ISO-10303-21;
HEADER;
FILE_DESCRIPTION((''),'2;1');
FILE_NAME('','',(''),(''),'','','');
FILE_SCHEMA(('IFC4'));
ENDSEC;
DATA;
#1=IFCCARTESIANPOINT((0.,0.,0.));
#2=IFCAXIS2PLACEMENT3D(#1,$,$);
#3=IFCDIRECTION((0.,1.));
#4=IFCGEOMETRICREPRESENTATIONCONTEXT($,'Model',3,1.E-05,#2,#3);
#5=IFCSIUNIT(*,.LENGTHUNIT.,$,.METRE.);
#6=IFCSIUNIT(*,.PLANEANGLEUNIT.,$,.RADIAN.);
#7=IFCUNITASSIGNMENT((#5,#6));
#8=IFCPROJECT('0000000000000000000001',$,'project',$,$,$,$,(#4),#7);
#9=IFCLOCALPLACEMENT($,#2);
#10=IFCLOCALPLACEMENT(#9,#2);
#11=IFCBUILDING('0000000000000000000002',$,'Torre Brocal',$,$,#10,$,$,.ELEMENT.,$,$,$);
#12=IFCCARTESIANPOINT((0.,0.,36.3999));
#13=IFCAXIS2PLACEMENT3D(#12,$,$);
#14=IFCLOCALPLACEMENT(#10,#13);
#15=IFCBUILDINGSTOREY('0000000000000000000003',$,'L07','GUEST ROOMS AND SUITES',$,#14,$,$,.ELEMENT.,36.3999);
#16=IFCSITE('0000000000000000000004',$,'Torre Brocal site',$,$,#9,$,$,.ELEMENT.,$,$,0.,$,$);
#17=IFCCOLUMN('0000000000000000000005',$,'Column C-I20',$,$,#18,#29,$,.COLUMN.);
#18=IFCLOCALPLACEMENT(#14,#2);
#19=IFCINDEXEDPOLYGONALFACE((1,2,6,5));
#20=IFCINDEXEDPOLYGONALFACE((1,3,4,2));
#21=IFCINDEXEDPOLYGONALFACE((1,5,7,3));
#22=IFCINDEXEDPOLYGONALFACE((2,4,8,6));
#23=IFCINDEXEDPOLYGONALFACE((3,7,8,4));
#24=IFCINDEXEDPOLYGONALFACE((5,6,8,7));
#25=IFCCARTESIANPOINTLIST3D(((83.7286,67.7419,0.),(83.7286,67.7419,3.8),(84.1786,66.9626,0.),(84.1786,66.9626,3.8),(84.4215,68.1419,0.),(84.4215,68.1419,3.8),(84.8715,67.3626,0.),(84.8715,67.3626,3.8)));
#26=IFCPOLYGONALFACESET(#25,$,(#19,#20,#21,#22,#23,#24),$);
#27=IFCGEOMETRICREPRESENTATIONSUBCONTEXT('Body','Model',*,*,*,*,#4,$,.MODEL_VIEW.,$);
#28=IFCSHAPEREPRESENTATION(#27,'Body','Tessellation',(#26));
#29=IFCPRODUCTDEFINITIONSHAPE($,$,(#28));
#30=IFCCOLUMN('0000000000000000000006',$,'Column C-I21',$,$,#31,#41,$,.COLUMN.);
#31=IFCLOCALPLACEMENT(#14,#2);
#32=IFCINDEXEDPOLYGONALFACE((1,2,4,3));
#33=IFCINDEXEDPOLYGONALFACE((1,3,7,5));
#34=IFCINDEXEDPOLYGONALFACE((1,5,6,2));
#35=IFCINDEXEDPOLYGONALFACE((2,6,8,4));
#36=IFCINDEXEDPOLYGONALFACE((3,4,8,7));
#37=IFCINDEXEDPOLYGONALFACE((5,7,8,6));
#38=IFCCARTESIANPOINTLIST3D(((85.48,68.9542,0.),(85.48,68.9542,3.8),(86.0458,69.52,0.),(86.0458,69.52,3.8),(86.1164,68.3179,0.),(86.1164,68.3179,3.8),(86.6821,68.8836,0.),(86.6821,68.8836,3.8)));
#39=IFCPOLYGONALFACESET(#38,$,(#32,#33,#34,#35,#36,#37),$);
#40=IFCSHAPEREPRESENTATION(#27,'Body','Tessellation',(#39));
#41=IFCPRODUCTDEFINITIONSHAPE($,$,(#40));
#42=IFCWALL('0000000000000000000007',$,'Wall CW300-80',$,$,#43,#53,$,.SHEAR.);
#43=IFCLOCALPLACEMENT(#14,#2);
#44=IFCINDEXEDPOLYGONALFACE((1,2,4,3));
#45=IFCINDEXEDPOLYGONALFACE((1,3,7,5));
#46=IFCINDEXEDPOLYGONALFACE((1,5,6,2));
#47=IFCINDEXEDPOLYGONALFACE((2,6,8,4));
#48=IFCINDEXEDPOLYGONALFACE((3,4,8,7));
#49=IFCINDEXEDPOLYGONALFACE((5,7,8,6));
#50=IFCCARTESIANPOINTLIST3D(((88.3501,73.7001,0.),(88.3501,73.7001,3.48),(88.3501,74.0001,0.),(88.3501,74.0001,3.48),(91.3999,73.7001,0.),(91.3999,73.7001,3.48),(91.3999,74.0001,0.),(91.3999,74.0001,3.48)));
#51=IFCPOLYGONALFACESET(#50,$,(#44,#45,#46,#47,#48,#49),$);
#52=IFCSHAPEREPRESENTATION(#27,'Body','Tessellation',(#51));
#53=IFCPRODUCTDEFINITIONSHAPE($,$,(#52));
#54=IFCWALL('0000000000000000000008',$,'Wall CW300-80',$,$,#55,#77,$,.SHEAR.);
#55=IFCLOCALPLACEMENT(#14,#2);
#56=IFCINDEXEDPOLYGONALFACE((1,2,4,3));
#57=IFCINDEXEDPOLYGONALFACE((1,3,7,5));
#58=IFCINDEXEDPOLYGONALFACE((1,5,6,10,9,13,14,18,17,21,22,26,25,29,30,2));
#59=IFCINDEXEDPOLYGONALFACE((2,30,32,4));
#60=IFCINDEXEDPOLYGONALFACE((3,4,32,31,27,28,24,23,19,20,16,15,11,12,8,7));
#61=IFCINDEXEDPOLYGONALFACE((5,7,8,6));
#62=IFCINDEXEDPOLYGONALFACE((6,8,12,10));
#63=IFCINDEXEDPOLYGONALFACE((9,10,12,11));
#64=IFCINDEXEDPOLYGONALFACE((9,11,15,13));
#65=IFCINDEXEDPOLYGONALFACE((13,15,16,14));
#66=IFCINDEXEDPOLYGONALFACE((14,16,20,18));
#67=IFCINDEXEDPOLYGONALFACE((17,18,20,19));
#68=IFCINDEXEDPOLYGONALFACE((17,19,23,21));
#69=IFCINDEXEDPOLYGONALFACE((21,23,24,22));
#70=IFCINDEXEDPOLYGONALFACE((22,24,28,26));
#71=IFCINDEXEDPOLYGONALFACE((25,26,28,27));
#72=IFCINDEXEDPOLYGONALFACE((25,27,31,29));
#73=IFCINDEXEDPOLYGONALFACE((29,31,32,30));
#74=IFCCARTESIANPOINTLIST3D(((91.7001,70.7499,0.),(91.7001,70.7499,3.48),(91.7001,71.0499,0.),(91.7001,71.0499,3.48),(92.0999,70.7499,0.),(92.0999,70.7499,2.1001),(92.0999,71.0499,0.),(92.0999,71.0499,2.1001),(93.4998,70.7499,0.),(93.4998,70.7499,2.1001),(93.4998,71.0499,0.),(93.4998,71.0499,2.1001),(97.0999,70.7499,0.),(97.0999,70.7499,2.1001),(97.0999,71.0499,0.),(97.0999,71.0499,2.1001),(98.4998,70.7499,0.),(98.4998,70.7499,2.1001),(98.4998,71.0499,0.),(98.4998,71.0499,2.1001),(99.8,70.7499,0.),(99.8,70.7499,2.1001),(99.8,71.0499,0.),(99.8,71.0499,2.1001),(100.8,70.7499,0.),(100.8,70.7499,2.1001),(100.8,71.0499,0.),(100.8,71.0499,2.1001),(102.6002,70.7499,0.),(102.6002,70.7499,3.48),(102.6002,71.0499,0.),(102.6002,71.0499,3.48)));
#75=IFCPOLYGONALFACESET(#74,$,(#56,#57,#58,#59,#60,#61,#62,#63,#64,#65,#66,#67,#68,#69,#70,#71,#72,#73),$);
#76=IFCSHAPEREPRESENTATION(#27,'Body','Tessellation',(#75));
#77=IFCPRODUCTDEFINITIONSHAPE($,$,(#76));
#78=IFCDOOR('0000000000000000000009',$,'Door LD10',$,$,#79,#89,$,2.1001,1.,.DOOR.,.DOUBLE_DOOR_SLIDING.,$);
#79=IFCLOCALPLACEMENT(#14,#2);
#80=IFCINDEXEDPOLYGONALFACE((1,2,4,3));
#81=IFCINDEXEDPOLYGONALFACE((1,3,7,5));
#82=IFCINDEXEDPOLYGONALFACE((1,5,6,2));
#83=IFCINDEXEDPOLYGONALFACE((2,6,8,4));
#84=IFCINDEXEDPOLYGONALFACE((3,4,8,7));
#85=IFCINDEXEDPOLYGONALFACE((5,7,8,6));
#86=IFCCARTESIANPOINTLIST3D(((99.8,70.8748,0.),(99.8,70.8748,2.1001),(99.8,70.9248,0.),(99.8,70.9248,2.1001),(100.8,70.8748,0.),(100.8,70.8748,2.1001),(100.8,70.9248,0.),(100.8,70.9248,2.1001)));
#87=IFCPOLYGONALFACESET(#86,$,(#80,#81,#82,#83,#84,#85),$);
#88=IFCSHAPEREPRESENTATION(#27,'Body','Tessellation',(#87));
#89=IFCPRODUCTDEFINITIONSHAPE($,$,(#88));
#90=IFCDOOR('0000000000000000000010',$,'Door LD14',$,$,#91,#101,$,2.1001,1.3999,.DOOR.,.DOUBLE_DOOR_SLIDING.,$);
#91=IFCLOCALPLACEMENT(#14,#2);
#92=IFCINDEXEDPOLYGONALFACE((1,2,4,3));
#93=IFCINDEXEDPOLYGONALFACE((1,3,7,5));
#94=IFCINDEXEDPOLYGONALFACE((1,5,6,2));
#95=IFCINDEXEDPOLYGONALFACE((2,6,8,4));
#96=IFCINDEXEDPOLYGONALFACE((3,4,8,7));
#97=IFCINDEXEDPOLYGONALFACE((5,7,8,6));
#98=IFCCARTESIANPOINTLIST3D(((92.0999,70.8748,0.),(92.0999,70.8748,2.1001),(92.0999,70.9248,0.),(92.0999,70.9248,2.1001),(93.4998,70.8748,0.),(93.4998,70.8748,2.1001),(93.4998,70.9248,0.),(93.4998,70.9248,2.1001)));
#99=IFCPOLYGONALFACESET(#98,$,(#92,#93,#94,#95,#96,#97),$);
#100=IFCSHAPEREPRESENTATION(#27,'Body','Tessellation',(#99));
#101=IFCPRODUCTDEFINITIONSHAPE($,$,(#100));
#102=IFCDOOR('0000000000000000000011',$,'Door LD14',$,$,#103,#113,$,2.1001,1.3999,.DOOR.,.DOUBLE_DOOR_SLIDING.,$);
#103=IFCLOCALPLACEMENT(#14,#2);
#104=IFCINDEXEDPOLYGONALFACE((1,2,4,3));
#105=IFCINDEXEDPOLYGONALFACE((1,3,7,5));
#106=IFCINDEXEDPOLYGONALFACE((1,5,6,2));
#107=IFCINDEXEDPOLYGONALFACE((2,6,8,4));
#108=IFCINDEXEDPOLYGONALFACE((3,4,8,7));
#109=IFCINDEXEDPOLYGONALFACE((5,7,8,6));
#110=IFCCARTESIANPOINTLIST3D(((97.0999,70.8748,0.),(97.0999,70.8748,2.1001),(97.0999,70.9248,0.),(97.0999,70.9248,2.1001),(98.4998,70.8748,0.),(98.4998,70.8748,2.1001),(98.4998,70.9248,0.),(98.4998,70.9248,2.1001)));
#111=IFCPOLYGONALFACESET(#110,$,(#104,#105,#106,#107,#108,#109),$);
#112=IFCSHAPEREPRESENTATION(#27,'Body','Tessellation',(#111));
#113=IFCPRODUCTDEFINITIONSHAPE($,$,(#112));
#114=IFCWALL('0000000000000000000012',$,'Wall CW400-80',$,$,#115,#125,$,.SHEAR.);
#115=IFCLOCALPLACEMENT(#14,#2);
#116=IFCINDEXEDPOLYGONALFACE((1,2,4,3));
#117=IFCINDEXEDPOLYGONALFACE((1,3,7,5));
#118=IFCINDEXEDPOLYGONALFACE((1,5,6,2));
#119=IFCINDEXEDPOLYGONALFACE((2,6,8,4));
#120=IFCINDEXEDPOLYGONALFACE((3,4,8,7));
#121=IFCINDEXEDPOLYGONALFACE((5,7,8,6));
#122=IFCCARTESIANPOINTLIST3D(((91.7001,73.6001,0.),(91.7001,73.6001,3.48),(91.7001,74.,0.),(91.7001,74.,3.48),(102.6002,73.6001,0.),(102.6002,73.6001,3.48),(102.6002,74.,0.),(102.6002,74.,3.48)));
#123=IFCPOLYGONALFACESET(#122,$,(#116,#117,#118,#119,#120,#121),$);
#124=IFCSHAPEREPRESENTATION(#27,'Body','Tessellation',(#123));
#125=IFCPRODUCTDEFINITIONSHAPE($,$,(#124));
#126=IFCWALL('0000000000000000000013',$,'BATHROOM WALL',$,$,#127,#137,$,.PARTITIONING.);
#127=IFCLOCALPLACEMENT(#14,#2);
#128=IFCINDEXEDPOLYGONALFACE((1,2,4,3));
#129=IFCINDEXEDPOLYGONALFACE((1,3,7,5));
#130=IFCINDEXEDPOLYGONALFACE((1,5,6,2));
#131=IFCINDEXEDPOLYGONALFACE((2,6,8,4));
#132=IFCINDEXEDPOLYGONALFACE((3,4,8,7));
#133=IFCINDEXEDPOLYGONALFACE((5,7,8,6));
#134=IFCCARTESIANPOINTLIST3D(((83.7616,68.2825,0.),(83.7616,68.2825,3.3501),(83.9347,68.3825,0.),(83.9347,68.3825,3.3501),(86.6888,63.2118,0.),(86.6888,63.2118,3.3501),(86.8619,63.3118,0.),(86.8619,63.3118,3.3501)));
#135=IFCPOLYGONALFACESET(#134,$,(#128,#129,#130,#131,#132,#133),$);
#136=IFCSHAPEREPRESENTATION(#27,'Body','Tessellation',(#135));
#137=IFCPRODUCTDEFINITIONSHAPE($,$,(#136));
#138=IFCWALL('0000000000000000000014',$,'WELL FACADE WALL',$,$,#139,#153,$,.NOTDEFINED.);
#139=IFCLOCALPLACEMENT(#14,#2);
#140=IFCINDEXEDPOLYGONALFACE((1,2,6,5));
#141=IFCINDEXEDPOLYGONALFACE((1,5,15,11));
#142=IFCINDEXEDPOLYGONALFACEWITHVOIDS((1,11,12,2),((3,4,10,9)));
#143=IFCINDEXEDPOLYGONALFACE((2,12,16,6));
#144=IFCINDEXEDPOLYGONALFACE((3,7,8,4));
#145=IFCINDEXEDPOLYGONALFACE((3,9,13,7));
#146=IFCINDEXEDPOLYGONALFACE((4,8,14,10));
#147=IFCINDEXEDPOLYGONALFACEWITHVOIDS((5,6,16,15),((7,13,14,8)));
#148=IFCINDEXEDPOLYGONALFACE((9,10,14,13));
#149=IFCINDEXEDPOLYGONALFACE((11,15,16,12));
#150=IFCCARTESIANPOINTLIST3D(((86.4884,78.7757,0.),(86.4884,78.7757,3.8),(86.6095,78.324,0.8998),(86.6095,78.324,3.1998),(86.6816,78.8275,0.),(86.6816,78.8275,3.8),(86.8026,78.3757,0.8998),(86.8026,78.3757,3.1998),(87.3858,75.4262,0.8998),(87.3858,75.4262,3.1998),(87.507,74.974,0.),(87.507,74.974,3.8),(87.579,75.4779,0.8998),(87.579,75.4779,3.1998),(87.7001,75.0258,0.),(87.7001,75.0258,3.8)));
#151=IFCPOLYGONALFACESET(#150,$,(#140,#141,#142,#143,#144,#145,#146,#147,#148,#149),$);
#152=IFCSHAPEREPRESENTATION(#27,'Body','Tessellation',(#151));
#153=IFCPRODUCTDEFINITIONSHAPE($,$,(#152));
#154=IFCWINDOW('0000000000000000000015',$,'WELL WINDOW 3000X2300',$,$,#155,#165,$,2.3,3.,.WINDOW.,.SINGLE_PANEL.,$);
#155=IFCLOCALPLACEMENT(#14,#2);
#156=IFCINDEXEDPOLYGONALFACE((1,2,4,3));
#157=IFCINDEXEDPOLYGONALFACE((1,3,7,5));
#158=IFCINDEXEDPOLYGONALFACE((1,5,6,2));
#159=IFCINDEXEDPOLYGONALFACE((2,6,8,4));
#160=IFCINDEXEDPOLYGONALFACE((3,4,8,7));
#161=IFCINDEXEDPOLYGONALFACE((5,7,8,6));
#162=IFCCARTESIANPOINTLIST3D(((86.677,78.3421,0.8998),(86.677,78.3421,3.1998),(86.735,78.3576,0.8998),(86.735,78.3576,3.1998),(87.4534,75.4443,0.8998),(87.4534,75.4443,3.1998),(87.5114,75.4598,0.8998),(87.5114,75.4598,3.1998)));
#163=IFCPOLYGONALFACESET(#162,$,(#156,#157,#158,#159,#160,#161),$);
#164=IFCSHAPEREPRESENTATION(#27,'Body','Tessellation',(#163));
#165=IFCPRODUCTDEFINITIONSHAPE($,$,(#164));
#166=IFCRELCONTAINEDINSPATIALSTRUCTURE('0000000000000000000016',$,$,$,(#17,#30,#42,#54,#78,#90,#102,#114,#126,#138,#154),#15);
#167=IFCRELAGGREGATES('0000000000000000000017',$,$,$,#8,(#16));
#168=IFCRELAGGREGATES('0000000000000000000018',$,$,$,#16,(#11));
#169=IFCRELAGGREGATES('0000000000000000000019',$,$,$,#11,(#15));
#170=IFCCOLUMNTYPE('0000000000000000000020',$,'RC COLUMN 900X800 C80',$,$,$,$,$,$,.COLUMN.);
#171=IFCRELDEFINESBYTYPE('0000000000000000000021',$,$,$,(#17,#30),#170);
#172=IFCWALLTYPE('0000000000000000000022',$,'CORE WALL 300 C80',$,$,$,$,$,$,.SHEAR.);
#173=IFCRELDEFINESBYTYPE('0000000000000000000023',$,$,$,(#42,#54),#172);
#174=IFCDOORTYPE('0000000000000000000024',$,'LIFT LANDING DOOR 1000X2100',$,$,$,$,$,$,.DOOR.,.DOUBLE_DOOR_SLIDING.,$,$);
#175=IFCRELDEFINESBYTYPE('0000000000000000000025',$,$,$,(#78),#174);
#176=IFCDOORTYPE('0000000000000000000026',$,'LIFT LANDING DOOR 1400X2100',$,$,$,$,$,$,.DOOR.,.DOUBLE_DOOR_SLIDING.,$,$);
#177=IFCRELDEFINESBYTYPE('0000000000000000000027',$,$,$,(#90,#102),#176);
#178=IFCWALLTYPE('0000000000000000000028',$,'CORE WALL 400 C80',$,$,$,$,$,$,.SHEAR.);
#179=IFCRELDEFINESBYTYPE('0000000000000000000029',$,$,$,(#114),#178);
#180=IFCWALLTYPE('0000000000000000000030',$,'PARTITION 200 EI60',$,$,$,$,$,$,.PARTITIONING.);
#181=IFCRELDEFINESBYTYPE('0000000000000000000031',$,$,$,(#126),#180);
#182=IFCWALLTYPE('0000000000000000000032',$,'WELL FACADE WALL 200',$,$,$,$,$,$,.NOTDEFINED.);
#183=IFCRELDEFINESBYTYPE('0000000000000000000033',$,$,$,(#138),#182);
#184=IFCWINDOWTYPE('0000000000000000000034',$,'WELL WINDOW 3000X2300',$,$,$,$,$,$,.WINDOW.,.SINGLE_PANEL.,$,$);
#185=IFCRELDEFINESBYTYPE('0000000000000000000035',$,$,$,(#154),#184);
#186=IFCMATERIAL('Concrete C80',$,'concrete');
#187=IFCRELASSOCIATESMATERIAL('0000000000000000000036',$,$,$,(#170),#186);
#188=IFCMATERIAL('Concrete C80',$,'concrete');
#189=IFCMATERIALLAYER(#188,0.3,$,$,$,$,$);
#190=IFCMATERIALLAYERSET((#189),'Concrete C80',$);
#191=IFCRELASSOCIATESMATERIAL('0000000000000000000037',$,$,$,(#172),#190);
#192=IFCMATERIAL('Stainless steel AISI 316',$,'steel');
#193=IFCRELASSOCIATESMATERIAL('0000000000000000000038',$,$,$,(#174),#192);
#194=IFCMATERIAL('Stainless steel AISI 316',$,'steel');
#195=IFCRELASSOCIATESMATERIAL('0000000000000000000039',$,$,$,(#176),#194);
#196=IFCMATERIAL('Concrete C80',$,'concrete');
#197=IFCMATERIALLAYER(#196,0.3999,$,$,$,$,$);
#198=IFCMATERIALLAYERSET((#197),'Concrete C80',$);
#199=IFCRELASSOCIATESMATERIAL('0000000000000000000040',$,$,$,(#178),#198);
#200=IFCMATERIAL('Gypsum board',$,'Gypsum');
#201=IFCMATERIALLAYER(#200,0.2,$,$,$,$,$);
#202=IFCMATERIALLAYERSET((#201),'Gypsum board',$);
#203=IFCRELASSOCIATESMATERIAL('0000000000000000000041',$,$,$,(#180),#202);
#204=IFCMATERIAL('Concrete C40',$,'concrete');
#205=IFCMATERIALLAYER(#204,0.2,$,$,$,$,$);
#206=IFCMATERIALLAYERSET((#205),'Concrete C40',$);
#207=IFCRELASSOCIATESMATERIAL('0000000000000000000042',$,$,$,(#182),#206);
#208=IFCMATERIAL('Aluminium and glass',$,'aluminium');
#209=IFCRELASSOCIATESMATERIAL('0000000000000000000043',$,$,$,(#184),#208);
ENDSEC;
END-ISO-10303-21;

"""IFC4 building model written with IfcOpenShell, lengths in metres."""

from ifc_helpers import new_model, si_unit, direction, frame, frame_2d, origin, origin_2d, place, context, subcontext, project, spatial, rectangle, extrude, material, layer, layer_set, material_profile, profile_set, type_object, element, fill, save


model = new_model("IFC4")

# Units and contexts
model_context = context("Model", 3, precision=1e-05, world=origin(), true_north=direction((0.0, 1.0)))
body_context = subcontext(model_context, "Body", "Model", "MODEL_VIEW")
ifc_project = project(units=[si_unit("LENGTHUNIT", "METRE"), si_unit("PLANEANGLEUNIT", "RADIAN")], contexts=[model_context])

# Site, building, storey
site_placement = place(None, origin())
site = spatial("IfcSite", under=ifc_project, at=site_placement, Name="Torre Brocal site", CompositionType="ELEMENT", RefElevation=0.0)
building_placement = place(site_placement, origin())
building = spatial("IfcBuilding", under=site, at=building_placement, Name="Torre Brocal", CompositionType="ELEMENT")
storey_placement = place(building_placement, frame((0.0, 0.0, 36.3999)))
storey = spatial("IfcBuildingStorey", under=building, at=storey_placement, Name="L07", Description="GUEST ROOMS AND SUITES", CompositionType="ELEMENT", Elevation=36.3999)

# Columns
ifc_material_1 = material(Name="Concrete C80", Category="concrete")
ifc_material_profile = material_profile(ifc_material_1, rectangle(XDim=0.8999, YDim=0.8, at=origin_2d()), Name="RC 900X800")
ifc_profile_set = profile_set([ifc_material_profile], Name="Concrete C80")
column_type = type_object("IfcColumnType", Name="RC COLUMN 900X800 C80", PredefinedType="COLUMN", material=ifc_profile_set)
for number, where, z_axis, x_axis, name in (
    (1, (84.3, 67.5522, 0.0), (0.0, 0.0, 1.0), (0.5, -0.866025, 0.0), "Column C-I20"),
    (2, (86.0811, 68.9189, 0.0), (0.0, 0.0, 1.0), (0.707107, -0.707107, 0.0), "Column C-I21"),
):
    element("IfcColumn", number, at=place(storey_placement, frame(where, z_axis=z_axis, x_axis=x_axis)), inside=storey, type_object=column_type, Name=name, PredefinedType="COLUMN", context=body_context, shape_type="SweptSolid", body=[
        extrude(rectangle(XDim=0.8999, YDim=0.8, at=origin_2d()), origin(), (0.0, 0.0, 1.0), 3.8),
    ])

# Wall
ifc_material_2 = material(Name="Concrete C80", Category="concrete")
ifc_layer_1 = layer(ifc_material_2, 0.3)
ifc_layer_set_1 = layer_set([ifc_layer_1], Name="Concrete C80")
wall_type_1 = type_object("IfcWallType", Name="CORE WALL 300 C80", PredefinedType="SHEAR", material=ifc_layer_set_1)
wall_1_placement = place(storey_placement, frame((88.3501, 73.8501, 0.0), z_axis=(0.0, 0.0, 1.0), x_axis=(1.0, 0.0, 0.0)))
element("IfcWall", 3, at=wall_1_placement, inside=storey, type_object=wall_type_1, Name="Wall CW300-80", PredefinedType="SHEAR", context=body_context, shape_type="SweptSolid", body=[
    extrude(rectangle(XDim=3.0498, YDim=0.3, at=frame_2d((1.5249, 0.0))), origin(), (0.0, 0.0, 1.0), 3.48),
])

# Wall, openings, doors
wall_2_placement = place(storey_placement, frame((91.7, 70.8999, 0.0), z_axis=(0.0, 0.0, 1.0), x_axis=(1.0, 0.0, 0.0)))
wall_2 = element("IfcWall", 4, at=wall_2_placement, inside=storey, type_object=wall_type_1, Name="Wall CW300-80", PredefinedType="SHEAR", context=body_context, shape_type="SweptSolid", body=[
    extrude(rectangle(XDim=10.9001, YDim=0.3, at=frame_2d((5.4502, 0.0))), origin(), (0.0, 0.0, 1.0), 3.48),
])
opening_1_placement = place(wall_2_placement, frame((0.3999, 0.0, 0.0)))
opening_1 = element("IfcOpeningElement", 5, at=opening_1_placement, cuts=wall_2, PredefinedType="OPENING", context=body_context, shape_type="SweptSolid", body=[
    extrude(rectangle(XDim=1.3999, YDim=2.1001, at=frame_2d((0.7, 1.05))), frame((0.0, 0.1599, 0.0), z_axis=(0.0, -1.0, 0.0), x_axis=(1.0, 0.0, 0.0)), (0.0, 0.0, 1.0), 0.3201),
])
opening_2_placement = place(wall_2_placement, frame((5.3999, 0.0, 0.0)))
opening_2 = element("IfcOpeningElement", 6, at=opening_2_placement, cuts=wall_2, PredefinedType="OPENING", context=body_context, shape_type="SweptSolid", body=[
    extrude(rectangle(XDim=1.3999, YDim=2.1001, at=frame_2d((0.7, 1.05))), frame((0.0, 0.1599, 0.0), z_axis=(0.0, -1.0, 0.0), x_axis=(1.0, 0.0, 0.0)), (0.0, 0.0, 1.0), 0.3201),
])
opening_3_placement = place(wall_2_placement, frame((8.1001, 0.0, 0.0)))
opening_3 = element("IfcOpeningElement", 7, at=opening_3_placement, cuts=wall_2, PredefinedType="OPENING", context=body_context, shape_type="SweptSolid", body=[
    extrude(rectangle(XDim=1.0, YDim=2.1001, at=frame_2d((0.5, 1.05))), frame((0.0, 0.1599, 0.0), z_axis=(0.0, -1.0, 0.0), x_axis=(1.0, 0.0, 0.0)), (0.0, 0.0, 1.0), 0.3201),
])
ifc_material_3 = material(Name="Stainless steel AISI 316", Category="steel")
door_type_1 = type_object("IfcDoorType", Name="LIFT LANDING DOOR 1000X2100", OperationType="DOUBLE_DOOR_SLIDING", PredefinedType="DOOR", material=ifc_material_3)
door_1_placement = place(opening_3_placement, origin())
door_1 = element("IfcDoor", 8, at=door_1_placement, inside=storey, type_object=door_type_1, Name="Door LD10", OperationType="DOUBLE_DOOR_SLIDING", OverallHeight=2.1001, OverallWidth=1.0, PredefinedType="DOOR", context=body_context, shape_type="SweptSolid", body=[
    extrude(rectangle(XDim=1.0, YDim=2.1001, at=frame_2d((0.5, 1.05))), frame((0.0, 0.0249, 0.0), z_axis=(0.0, -1.0, 0.0), x_axis=(1.0, 0.0, 0.0)), (0.0, 0.0, 1.0), 0.05),
])
fill(opening_3, door_1)
ifc_material_4 = material(Name="Stainless steel AISI 316", Category="steel")
door_type_2 = type_object("IfcDoorType", Name="LIFT LANDING DOOR 1400X2100", OperationType="DOUBLE_DOOR_SLIDING", PredefinedType="DOOR", material=ifc_material_4)
door_2_placement = place(opening_1_placement, origin())
door_2 = element("IfcDoor", 9, at=door_2_placement, inside=storey, type_object=door_type_2, Name="Door LD14", OperationType="DOUBLE_DOOR_SLIDING", OverallHeight=2.1001, OverallWidth=1.3999, PredefinedType="DOOR", context=body_context, shape_type="SweptSolid", body=[
    extrude(rectangle(XDim=1.3999, YDim=2.1001, at=frame_2d((0.7, 1.05))), frame((0.0, 0.0249, 0.0), z_axis=(0.0, -1.0, 0.0), x_axis=(1.0, 0.0, 0.0)), (0.0, 0.0, 1.0), 0.05),
])
fill(opening_1, door_2)
door_3_placement = place(opening_2_placement, origin())
door_3 = element("IfcDoor", 10, at=door_3_placement, inside=storey, type_object=door_type_2, Name="Door LD14", OperationType="DOUBLE_DOOR_SLIDING", OverallHeight=2.1001, OverallWidth=1.3999, PredefinedType="DOOR", context=body_context, shape_type="SweptSolid", body=[
    extrude(rectangle(XDim=1.3999, YDim=2.1001, at=frame_2d((0.7, 1.05))), frame((0.0, 0.0249, 0.0), z_axis=(0.0, -1.0, 0.0), x_axis=(1.0, 0.0, 0.0)), (0.0, 0.0, 1.0), 0.05),
])
fill(opening_2, door_3)

# Walls
ifc_material_5 = material(Name="Concrete C80", Category="concrete")
ifc_layer_2 = layer(ifc_material_5, 0.3999)
ifc_layer_set_2 = layer_set([ifc_layer_2], Name="Concrete C80")
wall_type_2 = type_object("IfcWallType", Name="CORE WALL 400 C80", PredefinedType="SHEAR", material=ifc_layer_set_2)
wall_3_placement = place(storey_placement, frame((91.7, 73.8, 0.0), z_axis=(0.0, 0.0, 1.0), x_axis=(1.0, 0.0, 0.0)))
element("IfcWall", 11, at=wall_3_placement, inside=storey, type_object=wall_type_2, Name="Wall CW400-80", PredefinedType="SHEAR", context=body_context, shape_type="SweptSolid", body=[
    extrude(rectangle(XDim=10.9001, YDim=0.3999, at=frame_2d((5.4502, 0.0))), origin(), (0.0, 0.0, 1.0), 3.48),
])
ifc_material_6 = material(Name="Gypsum board", Category="Gypsum")
ifc_layer_3 = layer(ifc_material_6, 0.2)
ifc_layer_set_3 = layer_set([ifc_layer_3], Name="Gypsum board")
wall_type_3 = type_object("IfcWallType", Name="PARTITION 200 EI60", PredefinedType="PARTITIONING", material=ifc_layer_set_3)
wall_4_placement = place(storey_placement, frame((83.8481, 68.3325, 0.0), z_axis=(0.0, 0.0, 1.0), x_axis=(0.499951, -0.866054, 0.0)))
element("IfcWall", 12, at=wall_4_placement, inside=storey, type_object=wall_type_3, Name="BATHROOM WALL", PredefinedType="PARTITIONING", context=body_context, shape_type="SweptSolid", body=[
    extrude(rectangle(XDim=5.855, YDim=0.2, at=frame_2d((2.9275, 0.0))), origin(), (0.0, 0.0, 1.0), 3.3501),
])

# Wall, opening, window
ifc_material_7 = material(Name="Concrete C40", Category="concrete")
ifc_layer_4 = layer(ifc_material_7, 0.2)
ifc_layer_set_4 = layer_set([ifc_layer_4], Name="Concrete C40")
wall_type_4 = type_object("IfcWallType", Name="WELL FACADE WALL 200", PredefinedType="NOTDEFINED", material=ifc_layer_set_4)
wall_5_placement = place(storey_placement, frame((87.6035, 75.0, 0.0), z_axis=(0.0, 0.0, 1.0), x_axis=(-0.25879, 0.965934, 0.0)))
wall_5 = element("IfcWall", 13, at=wall_5_placement, inside=storey, type_object=wall_type_4, Name="WELL FACADE WALL", PredefinedType="NOTDEFINED", context=body_context, shape_type="SweptSolid", body=[
    extrude(rectangle(XDim=3.9358, YDim=0.2, at=frame_2d((1.9678, 0.0))), origin(), (0.0, 0.0, 1.0), 3.8),
])
opening_4_placement = place(wall_5_placement, frame((0.468, 0.0, 0.8999)))
opening_4 = element("IfcOpeningElement", 14, at=opening_4_placement, cuts=wall_5, PredefinedType="OPENING", context=body_context, shape_type="SweptSolid", body=[
    extrude(rectangle(XDim=3.0, YDim=2.3, at=frame_2d((1.5, 1.1499))), frame((0.0, 0.1099, 0.0), z_axis=(0.0, -1.0, 0.0), x_axis=(1.0, 0.0, 0.0)), (0.0, 0.0, 1.0), 0.22),
])
ifc_material_8 = material(Name="Aluminium and glass", Category="aluminium")
window_type = type_object("IfcWindowType", Name="WELL WINDOW 3000X2300", PartitioningType="SINGLE_PANEL", PredefinedType="WINDOW", material=ifc_material_8)
window_1_placement = place(opening_4_placement, origin())
window_1 = element("IfcWindow", 15, at=window_1_placement, inside=storey, type_object=window_type, Name="WELL WINDOW 3000X2300", OverallHeight=2.3, OverallWidth=3.0, PartitioningType="SINGLE_PANEL", PredefinedType="WINDOW", context=body_context, shape_type="SweptSolid", body=[
    extrude(rectangle(XDim=3.0, YDim=2.3, at=frame_2d((1.5, 1.1499))), frame((0.0, 0.03, 0.0), z_axis=(0.0, -1.0, 0.0), x_axis=(1.0, 0.0, 0.0)), (0.0, 0.0, 1.0), 0.0601),
])
fill(opening_4, window_1)

save(model, "model.ifc")
